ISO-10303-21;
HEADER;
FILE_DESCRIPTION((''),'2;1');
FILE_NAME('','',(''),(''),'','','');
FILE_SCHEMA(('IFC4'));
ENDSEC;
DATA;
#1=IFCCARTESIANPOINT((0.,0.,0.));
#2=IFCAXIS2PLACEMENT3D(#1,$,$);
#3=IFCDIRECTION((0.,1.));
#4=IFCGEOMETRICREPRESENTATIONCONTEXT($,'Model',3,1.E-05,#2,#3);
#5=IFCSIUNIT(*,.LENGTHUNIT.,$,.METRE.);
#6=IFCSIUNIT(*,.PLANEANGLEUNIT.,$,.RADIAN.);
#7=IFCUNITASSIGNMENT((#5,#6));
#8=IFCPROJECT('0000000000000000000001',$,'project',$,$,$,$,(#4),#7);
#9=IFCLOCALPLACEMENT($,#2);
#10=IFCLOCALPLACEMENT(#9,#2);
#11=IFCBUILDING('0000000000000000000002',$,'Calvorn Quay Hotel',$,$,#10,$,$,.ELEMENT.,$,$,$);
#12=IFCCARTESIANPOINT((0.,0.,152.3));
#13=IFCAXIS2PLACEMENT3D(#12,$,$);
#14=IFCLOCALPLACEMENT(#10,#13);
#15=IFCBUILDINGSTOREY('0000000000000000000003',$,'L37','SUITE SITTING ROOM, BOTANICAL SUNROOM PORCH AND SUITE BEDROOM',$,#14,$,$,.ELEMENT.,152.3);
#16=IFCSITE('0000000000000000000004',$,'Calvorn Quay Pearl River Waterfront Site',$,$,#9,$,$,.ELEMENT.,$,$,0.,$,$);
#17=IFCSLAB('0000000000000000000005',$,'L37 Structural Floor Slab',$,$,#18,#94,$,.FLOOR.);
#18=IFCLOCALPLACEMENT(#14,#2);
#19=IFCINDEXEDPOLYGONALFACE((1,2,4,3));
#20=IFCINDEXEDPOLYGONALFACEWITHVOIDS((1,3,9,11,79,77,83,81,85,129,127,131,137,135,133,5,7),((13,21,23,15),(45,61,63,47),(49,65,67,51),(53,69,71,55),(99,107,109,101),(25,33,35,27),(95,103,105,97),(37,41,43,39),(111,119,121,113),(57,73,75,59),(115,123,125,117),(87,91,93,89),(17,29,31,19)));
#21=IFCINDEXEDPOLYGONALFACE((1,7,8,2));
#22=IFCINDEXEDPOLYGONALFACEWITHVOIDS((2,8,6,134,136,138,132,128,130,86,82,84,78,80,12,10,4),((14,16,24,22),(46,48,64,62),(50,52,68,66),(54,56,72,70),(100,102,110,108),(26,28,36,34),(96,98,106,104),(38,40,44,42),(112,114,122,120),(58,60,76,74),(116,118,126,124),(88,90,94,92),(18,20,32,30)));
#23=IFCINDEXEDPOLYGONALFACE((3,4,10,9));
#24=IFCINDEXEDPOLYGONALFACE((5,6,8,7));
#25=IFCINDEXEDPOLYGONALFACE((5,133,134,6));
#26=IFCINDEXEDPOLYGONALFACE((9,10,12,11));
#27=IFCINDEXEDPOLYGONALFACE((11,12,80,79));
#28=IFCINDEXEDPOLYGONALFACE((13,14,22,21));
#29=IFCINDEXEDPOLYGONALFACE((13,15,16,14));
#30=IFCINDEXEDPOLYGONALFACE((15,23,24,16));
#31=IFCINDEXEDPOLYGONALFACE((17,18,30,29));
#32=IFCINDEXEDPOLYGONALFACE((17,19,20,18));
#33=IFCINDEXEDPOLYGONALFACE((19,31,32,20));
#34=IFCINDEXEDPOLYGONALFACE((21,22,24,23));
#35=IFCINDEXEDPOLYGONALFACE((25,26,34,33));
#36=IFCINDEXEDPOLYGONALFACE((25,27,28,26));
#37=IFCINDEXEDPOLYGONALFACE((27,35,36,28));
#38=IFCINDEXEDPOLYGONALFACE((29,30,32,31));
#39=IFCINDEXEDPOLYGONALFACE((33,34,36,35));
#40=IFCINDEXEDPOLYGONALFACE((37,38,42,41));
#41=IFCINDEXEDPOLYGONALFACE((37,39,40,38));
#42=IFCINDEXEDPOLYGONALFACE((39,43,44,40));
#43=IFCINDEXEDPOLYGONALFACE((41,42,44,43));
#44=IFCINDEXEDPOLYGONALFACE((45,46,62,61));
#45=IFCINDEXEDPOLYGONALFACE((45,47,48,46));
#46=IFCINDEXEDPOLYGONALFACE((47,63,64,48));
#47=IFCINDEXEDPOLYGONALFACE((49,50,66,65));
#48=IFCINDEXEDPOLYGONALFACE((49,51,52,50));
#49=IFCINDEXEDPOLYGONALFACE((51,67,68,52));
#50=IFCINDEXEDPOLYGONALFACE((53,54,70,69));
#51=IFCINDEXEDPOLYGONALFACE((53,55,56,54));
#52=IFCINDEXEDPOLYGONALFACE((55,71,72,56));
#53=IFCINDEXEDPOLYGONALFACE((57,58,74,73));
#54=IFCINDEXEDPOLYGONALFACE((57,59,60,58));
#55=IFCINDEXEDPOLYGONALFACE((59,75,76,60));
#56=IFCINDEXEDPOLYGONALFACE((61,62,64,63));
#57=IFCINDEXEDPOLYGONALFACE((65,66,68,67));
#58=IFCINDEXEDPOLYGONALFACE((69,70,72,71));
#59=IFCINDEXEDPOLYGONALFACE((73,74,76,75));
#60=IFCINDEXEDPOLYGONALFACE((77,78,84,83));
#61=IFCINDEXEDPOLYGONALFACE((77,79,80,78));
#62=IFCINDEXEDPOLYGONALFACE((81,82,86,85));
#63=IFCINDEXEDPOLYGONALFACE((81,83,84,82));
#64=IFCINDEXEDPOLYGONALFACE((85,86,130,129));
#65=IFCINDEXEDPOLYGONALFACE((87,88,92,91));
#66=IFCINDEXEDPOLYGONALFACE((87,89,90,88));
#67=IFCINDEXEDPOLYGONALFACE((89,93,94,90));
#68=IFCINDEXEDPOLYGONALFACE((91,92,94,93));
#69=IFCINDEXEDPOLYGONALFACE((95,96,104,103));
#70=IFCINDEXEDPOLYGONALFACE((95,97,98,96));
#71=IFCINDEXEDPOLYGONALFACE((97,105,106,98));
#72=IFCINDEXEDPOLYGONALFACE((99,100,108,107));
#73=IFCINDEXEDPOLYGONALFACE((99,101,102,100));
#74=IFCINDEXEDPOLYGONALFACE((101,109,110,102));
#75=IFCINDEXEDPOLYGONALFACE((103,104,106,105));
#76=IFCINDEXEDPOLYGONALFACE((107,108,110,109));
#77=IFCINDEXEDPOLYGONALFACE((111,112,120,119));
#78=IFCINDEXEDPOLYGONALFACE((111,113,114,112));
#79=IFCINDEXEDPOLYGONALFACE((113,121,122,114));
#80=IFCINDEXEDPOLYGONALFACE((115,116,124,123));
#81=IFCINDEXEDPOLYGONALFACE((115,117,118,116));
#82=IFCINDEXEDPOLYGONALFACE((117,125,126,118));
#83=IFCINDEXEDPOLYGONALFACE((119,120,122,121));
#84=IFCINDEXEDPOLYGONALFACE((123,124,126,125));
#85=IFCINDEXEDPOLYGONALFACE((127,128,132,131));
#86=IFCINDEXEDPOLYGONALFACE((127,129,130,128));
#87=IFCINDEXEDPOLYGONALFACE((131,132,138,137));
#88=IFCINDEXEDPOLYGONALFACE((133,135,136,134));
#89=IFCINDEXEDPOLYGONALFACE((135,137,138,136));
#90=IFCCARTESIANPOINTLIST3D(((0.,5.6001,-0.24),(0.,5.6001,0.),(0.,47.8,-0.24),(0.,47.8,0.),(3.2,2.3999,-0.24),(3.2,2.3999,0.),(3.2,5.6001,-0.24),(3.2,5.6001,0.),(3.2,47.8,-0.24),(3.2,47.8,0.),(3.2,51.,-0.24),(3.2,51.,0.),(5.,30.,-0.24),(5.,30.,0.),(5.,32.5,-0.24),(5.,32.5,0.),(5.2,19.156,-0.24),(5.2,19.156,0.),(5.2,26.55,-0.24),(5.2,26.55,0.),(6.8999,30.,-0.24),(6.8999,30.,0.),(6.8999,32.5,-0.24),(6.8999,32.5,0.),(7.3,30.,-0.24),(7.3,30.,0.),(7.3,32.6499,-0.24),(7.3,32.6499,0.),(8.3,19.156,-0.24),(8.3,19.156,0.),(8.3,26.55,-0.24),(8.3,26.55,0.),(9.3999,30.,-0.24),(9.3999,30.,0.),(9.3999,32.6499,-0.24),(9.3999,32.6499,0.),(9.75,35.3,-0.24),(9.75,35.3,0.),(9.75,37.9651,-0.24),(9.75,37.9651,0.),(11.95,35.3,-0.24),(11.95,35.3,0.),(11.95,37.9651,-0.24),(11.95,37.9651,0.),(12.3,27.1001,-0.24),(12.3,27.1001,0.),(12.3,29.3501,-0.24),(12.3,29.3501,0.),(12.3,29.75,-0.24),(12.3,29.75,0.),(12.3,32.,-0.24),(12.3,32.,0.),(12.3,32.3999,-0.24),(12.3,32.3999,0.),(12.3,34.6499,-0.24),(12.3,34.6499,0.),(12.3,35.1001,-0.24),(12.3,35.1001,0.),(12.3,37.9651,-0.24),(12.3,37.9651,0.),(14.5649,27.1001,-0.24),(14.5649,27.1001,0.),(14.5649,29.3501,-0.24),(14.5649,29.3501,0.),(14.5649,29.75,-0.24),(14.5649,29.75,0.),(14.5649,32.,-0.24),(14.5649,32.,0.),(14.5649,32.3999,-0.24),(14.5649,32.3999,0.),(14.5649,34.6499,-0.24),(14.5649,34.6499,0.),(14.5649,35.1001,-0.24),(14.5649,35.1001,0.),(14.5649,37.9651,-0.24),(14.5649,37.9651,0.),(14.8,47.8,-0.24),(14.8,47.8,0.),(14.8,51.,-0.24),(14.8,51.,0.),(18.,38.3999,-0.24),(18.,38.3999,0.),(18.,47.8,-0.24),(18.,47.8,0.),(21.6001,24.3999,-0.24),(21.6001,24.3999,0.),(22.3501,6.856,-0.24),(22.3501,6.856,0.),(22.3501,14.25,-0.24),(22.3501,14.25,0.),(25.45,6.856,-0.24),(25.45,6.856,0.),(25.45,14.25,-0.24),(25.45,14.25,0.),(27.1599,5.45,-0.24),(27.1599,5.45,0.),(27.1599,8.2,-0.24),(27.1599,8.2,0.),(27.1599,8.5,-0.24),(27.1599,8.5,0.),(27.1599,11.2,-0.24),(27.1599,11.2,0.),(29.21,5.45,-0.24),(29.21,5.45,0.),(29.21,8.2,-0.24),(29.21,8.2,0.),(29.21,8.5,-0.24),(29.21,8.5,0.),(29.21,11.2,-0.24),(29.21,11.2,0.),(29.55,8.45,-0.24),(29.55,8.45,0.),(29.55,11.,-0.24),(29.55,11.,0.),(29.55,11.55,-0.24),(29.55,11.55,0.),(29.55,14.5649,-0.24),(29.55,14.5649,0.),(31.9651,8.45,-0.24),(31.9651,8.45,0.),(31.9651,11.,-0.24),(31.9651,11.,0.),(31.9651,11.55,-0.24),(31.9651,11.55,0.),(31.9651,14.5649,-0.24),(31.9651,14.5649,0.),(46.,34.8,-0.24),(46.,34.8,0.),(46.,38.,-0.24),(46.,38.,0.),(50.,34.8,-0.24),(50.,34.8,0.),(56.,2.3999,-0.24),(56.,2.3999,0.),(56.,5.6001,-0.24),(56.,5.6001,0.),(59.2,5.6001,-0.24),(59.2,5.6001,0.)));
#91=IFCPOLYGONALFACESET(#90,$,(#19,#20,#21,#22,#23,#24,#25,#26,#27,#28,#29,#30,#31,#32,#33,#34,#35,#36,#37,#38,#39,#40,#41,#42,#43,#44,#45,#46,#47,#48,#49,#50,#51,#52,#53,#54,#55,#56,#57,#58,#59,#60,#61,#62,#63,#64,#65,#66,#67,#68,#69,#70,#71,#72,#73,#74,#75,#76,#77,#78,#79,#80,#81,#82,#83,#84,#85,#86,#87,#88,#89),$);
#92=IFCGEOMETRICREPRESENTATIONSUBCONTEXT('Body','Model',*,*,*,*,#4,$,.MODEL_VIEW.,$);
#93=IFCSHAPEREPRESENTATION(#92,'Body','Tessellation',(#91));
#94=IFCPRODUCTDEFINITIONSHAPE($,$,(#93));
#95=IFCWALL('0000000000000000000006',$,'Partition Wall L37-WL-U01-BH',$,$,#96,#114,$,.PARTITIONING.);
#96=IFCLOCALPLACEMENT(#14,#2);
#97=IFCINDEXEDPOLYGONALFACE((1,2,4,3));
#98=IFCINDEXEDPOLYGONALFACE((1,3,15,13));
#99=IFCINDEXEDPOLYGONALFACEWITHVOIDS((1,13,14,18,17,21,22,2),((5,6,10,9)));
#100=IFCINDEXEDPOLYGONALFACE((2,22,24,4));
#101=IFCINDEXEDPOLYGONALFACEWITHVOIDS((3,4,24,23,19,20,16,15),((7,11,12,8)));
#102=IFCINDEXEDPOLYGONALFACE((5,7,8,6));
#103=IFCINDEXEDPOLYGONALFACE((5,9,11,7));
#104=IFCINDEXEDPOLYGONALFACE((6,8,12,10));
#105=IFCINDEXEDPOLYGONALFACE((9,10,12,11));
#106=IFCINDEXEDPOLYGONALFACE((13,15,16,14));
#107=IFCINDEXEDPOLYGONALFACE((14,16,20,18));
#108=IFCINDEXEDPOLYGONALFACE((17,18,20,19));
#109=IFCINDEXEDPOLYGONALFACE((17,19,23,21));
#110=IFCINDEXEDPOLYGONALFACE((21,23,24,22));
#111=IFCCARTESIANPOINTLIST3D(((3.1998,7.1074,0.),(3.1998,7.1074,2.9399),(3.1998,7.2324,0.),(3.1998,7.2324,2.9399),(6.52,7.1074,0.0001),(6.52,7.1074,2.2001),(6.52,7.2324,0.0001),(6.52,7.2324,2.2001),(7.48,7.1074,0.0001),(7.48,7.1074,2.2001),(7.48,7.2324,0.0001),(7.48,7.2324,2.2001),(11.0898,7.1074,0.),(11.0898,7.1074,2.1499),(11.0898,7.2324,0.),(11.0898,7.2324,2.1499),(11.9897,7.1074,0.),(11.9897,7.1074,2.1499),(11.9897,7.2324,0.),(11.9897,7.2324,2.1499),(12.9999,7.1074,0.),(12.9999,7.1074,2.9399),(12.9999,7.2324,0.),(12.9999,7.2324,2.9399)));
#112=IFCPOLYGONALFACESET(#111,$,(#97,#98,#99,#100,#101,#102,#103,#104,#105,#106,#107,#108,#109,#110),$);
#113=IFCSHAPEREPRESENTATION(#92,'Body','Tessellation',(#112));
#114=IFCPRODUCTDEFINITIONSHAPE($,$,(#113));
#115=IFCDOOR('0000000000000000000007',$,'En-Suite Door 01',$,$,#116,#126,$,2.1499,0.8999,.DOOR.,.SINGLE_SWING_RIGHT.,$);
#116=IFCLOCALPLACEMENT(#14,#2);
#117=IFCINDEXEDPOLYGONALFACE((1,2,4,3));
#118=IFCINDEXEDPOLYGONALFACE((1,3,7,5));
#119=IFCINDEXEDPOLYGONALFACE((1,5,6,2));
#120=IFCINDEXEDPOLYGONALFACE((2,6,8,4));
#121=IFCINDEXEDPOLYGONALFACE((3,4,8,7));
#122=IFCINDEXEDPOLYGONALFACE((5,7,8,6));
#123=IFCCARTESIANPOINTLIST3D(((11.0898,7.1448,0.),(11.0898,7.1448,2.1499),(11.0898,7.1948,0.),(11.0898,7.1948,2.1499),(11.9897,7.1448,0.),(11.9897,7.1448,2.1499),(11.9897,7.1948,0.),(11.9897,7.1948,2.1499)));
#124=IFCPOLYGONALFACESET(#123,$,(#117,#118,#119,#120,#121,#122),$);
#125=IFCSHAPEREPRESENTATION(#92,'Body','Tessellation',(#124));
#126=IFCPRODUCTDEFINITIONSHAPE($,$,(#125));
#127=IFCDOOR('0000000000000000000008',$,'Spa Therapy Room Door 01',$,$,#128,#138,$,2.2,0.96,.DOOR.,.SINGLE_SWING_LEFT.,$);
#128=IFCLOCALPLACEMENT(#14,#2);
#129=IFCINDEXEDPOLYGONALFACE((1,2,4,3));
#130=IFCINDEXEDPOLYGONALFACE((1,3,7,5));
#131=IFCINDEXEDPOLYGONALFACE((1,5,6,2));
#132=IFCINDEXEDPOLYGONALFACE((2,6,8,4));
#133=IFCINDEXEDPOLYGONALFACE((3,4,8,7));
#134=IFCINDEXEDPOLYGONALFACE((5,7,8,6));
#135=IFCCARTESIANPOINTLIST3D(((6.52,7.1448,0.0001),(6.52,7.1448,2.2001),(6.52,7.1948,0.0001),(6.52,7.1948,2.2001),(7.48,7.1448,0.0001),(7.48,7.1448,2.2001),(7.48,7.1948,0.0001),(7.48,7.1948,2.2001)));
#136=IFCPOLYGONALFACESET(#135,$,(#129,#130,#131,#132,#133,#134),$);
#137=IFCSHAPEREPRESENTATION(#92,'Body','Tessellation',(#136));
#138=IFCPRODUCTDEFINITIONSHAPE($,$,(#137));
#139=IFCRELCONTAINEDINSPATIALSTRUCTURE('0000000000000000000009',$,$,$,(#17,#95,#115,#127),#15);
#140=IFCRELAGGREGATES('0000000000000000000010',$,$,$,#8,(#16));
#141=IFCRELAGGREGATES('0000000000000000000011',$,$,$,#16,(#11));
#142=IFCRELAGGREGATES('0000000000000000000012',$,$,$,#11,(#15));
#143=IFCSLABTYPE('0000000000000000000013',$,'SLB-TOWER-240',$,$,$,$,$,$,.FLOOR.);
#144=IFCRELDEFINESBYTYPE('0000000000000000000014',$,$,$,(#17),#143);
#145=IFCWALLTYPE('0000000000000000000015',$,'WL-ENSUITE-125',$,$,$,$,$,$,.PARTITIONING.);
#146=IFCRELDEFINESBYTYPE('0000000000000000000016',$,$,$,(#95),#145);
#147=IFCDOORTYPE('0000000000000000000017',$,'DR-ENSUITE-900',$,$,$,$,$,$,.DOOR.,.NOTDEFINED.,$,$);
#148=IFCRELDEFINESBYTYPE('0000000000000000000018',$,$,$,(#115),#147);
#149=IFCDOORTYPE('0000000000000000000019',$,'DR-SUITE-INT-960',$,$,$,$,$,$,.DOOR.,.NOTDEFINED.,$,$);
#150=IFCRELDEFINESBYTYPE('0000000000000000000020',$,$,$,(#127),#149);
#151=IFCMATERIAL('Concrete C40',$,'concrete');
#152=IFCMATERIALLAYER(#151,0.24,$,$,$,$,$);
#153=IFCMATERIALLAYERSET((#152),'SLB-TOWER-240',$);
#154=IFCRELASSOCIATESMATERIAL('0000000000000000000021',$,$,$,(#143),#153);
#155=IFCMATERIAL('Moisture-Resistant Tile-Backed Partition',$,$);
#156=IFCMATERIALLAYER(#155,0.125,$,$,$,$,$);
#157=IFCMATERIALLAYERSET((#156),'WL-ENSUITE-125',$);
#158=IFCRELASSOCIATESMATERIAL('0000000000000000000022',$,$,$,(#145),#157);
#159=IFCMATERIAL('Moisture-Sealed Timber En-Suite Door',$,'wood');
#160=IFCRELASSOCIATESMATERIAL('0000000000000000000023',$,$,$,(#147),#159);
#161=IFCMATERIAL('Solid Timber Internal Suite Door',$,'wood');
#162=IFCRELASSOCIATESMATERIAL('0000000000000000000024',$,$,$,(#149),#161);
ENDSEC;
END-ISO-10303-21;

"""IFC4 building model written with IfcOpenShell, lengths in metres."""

from ifc_helpers import new_model, si_unit, direction, frame, frame_2d, origin, place, context, subcontext, project, spatial, polyline, rectangle, outline, extrude, material, layer, layer_set, type_object, element, fill, save


model = new_model("IFC4")

# Units and contexts
model_context = context("Model", 3, precision=1e-05, world=origin(), true_north=direction((0.0, 1.0)))
body_context = subcontext(model_context, "Body", "Model", "MODEL_VIEW")
ifc_project = project(units=[si_unit("LENGTHUNIT", "METRE"), si_unit("PLANEANGLEUNIT", "RADIAN")], contexts=[model_context])

# Site, building, storey
site_placement = place(None, origin())
site = spatial("IfcSite", under=ifc_project, at=site_placement, Name="Calvorn Quay Pearl River Waterfront Site", CompositionType="ELEMENT", RefElevation=0.0)
building_placement = place(site_placement, origin())
building = spatial("IfcBuilding", under=site, at=building_placement, Name="Calvorn Quay Hotel", CompositionType="ELEMENT")
storey_placement = place(building_placement, frame((0.0, 0.0, 152.3)))
storey = spatial("IfcBuildingStorey", under=building, at=storey_placement, Name="L37", Description="SUITE SITTING ROOM, BOTANICAL SUNROOM PORCH AND SUITE BEDROOM", CompositionType="ELEMENT", Elevation=152.3)

# Slab
ifc_material_1 = material(Name="Concrete C40", Category="concrete")
ifc_layer_1 = layer(ifc_material_1, 0.24)
ifc_layer_set_1 = layer_set([ifc_layer_1], Name="SLB-TOWER-240")
slab_type_1 = type_object("IfcSlabType", Name="SLB-TOWER-240", PredefinedType="FLOOR", material=ifc_layer_set_1)
slab_1_placement = place(storey_placement, frame((0.0, 0.0, -0.24)))
element("IfcSlab", 1, at=slab_1_placement, inside=storey, type_object=slab_type_1, Name="L37 Structural Floor Slab", PredefinedType="FLOOR", context=body_context, shape_type="SweptSolid", body=[
    extrude(outline(polyline([(0.0, 5.6001), (3.2, 5.6001), (3.2, 2.3999), (56.0, 2.3999), (56.0, 5.6001), (59.2, 5.6001), (50.0, 34.8), (46.0, 34.8), (46.0, 38.0), (21.6001, 24.3999), (18.0, 38.3999), (18.0, 47.8), (14.8, 47.8), (14.8, 51.0), (3.2, 51.0), (3.2, 47.8), (0.0, 47.8), (0.0, 5.6001)]), holes=[polyline([(5.2, 19.156), (8.3, 19.156), (8.3, 26.55), (5.2, 26.55), (5.2, 19.156)]), polyline([(22.3501, 6.856), (25.45, 6.856), (25.45, 14.25), (22.3501, 14.25), (22.3501, 6.856)]), polyline([(5.0, 30.0), (6.8999, 30.0), (6.8999, 32.5), (5.0, 32.5), (5.0, 30.0)]), polyline([(7.3, 30.0), (9.3999, 30.0), (9.3999, 32.6499), (7.3, 32.6499), (7.3, 30.0)]), polyline([(27.1599, 8.5), (29.21, 8.5), (29.21, 11.2), (27.1599, 11.2), (27.1599, 8.5)]), polyline([(27.1599, 5.45), (29.21, 5.45), (29.21, 8.2), (27.1599, 8.2), (27.1599, 5.45)]), polyline([(12.3, 27.1001), (14.5649, 27.1001), (14.5649, 29.3501), (12.3, 29.3501), (12.3, 27.1001)]), polyline([(12.3, 29.75), (14.5649, 29.75), (14.5649, 32.0), (12.3, 32.0), (12.3, 29.75)]), polyline([(12.3, 32.3999), (14.5649, 32.3999), (14.5649, 34.6499), (12.3, 34.6499), (12.3, 32.3999)]), polyline([(12.3, 35.1001), (14.5649, 35.1001), (14.5649, 37.9651), (12.3, 37.9651), (12.3, 35.1001)]), polyline([(9.75, 35.3), (11.95, 35.3), (11.95, 37.9651), (9.75, 37.9651), (9.75, 35.3)]), polyline([(29.55, 11.55), (31.9651, 11.55), (31.9651, 14.5649), (29.55, 14.5649), (29.55, 11.55)]), polyline([(29.55, 8.45), (31.9651, 8.45), (31.9651, 11.0), (29.55, 11.0), (29.55, 8.45)])]), origin(), (0.0, 0.0, 1.0), 0.24),
])

# Wall, openings, doors
ifc_material_2 = material(Name="Moisture-Resistant Tile-Backed Partition")
ifc_layer_2 = layer(ifc_material_2, 0.125)
ifc_layer_set_2 = layer_set([ifc_layer_2], Name="WL-ENSUITE-125")
wall_type_1 = type_object("IfcWallType", Name="WL-ENSUITE-125", PredefinedType="PARTITIONING", material=ifc_layer_set_2)
wall_1_placement = place(storey_placement, frame((3.2, 7.1699, 0.0), z_axis=(0.0, 0.0, 1.0), x_axis=(1.0, 0.0, 0.0)))
wall_1 = element("IfcWall", 2, at=wall_1_placement, inside=storey, type_object=wall_type_1, Name="Partition Wall L37-WL-U01-BH", PredefinedType="PARTITIONING", context=body_context, shape_type="SweptSolid", body=[
    extrude(rectangle(XDim=9.8, YDim=0.125, at=frame_2d((4.8999, 0.0))), origin(), (0.0, 0.0, 1.0), 2.9399),
])
opening_1_placement = place(wall_1_placement, frame((3.3201, 0.0, 0.0)))
opening_1 = element("IfcOpeningElement", 3, at=opening_1_placement, cuts=wall_1, PredefinedType="OPENING", context=body_context, shape_type="SweptSolid", body=[
    extrude(rectangle(XDim=0.96, YDim=2.2, at=frame_2d((0.48, 1.1001))), frame((0.0, 0.0725, 0.0), z_axis=(0.0, -1.0, 0.0), x_axis=(1.0, 0.0, 0.0)), (0.0, 0.0, 1.0), 0.145),
])
opening_2_placement = place(wall_1_placement, frame((7.8899, 0.0, 0.0)))
opening_2 = element("IfcOpeningElement", 4, at=opening_2_placement, cuts=wall_1, PredefinedType="OPENING", context=body_context, shape_type="SweptSolid", body=[
    extrude(rectangle(XDim=0.8999, YDim=2.1499, at=frame_2d((0.45, 1.075))), frame((0.0, 0.0725, 0.0), z_axis=(0.0, -1.0, 0.0), x_axis=(1.0, 0.0, 0.0)), (0.0, 0.0, 1.0), 0.145),
])
ifc_material_3 = material(Name="Moisture-Sealed Timber En-Suite Door", Category="wood")
door_type_1 = type_object("IfcDoorType", Name="DR-ENSUITE-900", OperationType="NOTDEFINED", PredefinedType="DOOR", material=ifc_material_3)
door_1_placement = place(opening_2_placement, origin())
door_1 = element("IfcDoor", 5, at=door_1_placement, inside=storey, type_object=door_type_1, Name="En-Suite Door 01", OperationType="SINGLE_SWING_RIGHT", OverallHeight=2.1499, OverallWidth=0.8999, PredefinedType="DOOR", context=body_context, shape_type="SweptSolid", body=[
    extrude(rectangle(XDim=0.8999, YDim=2.1499, at=frame_2d((0.45, 1.075))), frame((0.0, 0.0249, 0.0), z_axis=(0.0, -1.0, 0.0), x_axis=(1.0, 0.0, 0.0)), (0.0, 0.0, 1.0), 0.05),
])
fill(opening_2, door_1)
ifc_material_4 = material(Name="Solid Timber Internal Suite Door", Category="wood")
door_type_2 = type_object("IfcDoorType", Name="DR-SUITE-INT-960", OperationType="NOTDEFINED", PredefinedType="DOOR", material=ifc_material_4)
door_2_placement = place(opening_1_placement, origin())
door_2 = element("IfcDoor", 6, at=door_2_placement, inside=storey, type_object=door_type_2, Name="Spa Therapy Room Door 01", OperationType="SINGLE_SWING_LEFT", OverallHeight=2.2, OverallWidth=0.96, PredefinedType="DOOR", context=body_context, shape_type="SweptSolid", body=[
    extrude(rectangle(XDim=0.96, YDim=2.2, at=frame_2d((0.48, 1.1001))), frame((0.0, 0.0249, 0.0), z_axis=(0.0, -1.0, 0.0), x_axis=(1.0, 0.0, 0.0)), (0.0, 0.0, 1.0), 0.05),
])
fill(opening_1, door_2)

save(model, "model.ifc")
